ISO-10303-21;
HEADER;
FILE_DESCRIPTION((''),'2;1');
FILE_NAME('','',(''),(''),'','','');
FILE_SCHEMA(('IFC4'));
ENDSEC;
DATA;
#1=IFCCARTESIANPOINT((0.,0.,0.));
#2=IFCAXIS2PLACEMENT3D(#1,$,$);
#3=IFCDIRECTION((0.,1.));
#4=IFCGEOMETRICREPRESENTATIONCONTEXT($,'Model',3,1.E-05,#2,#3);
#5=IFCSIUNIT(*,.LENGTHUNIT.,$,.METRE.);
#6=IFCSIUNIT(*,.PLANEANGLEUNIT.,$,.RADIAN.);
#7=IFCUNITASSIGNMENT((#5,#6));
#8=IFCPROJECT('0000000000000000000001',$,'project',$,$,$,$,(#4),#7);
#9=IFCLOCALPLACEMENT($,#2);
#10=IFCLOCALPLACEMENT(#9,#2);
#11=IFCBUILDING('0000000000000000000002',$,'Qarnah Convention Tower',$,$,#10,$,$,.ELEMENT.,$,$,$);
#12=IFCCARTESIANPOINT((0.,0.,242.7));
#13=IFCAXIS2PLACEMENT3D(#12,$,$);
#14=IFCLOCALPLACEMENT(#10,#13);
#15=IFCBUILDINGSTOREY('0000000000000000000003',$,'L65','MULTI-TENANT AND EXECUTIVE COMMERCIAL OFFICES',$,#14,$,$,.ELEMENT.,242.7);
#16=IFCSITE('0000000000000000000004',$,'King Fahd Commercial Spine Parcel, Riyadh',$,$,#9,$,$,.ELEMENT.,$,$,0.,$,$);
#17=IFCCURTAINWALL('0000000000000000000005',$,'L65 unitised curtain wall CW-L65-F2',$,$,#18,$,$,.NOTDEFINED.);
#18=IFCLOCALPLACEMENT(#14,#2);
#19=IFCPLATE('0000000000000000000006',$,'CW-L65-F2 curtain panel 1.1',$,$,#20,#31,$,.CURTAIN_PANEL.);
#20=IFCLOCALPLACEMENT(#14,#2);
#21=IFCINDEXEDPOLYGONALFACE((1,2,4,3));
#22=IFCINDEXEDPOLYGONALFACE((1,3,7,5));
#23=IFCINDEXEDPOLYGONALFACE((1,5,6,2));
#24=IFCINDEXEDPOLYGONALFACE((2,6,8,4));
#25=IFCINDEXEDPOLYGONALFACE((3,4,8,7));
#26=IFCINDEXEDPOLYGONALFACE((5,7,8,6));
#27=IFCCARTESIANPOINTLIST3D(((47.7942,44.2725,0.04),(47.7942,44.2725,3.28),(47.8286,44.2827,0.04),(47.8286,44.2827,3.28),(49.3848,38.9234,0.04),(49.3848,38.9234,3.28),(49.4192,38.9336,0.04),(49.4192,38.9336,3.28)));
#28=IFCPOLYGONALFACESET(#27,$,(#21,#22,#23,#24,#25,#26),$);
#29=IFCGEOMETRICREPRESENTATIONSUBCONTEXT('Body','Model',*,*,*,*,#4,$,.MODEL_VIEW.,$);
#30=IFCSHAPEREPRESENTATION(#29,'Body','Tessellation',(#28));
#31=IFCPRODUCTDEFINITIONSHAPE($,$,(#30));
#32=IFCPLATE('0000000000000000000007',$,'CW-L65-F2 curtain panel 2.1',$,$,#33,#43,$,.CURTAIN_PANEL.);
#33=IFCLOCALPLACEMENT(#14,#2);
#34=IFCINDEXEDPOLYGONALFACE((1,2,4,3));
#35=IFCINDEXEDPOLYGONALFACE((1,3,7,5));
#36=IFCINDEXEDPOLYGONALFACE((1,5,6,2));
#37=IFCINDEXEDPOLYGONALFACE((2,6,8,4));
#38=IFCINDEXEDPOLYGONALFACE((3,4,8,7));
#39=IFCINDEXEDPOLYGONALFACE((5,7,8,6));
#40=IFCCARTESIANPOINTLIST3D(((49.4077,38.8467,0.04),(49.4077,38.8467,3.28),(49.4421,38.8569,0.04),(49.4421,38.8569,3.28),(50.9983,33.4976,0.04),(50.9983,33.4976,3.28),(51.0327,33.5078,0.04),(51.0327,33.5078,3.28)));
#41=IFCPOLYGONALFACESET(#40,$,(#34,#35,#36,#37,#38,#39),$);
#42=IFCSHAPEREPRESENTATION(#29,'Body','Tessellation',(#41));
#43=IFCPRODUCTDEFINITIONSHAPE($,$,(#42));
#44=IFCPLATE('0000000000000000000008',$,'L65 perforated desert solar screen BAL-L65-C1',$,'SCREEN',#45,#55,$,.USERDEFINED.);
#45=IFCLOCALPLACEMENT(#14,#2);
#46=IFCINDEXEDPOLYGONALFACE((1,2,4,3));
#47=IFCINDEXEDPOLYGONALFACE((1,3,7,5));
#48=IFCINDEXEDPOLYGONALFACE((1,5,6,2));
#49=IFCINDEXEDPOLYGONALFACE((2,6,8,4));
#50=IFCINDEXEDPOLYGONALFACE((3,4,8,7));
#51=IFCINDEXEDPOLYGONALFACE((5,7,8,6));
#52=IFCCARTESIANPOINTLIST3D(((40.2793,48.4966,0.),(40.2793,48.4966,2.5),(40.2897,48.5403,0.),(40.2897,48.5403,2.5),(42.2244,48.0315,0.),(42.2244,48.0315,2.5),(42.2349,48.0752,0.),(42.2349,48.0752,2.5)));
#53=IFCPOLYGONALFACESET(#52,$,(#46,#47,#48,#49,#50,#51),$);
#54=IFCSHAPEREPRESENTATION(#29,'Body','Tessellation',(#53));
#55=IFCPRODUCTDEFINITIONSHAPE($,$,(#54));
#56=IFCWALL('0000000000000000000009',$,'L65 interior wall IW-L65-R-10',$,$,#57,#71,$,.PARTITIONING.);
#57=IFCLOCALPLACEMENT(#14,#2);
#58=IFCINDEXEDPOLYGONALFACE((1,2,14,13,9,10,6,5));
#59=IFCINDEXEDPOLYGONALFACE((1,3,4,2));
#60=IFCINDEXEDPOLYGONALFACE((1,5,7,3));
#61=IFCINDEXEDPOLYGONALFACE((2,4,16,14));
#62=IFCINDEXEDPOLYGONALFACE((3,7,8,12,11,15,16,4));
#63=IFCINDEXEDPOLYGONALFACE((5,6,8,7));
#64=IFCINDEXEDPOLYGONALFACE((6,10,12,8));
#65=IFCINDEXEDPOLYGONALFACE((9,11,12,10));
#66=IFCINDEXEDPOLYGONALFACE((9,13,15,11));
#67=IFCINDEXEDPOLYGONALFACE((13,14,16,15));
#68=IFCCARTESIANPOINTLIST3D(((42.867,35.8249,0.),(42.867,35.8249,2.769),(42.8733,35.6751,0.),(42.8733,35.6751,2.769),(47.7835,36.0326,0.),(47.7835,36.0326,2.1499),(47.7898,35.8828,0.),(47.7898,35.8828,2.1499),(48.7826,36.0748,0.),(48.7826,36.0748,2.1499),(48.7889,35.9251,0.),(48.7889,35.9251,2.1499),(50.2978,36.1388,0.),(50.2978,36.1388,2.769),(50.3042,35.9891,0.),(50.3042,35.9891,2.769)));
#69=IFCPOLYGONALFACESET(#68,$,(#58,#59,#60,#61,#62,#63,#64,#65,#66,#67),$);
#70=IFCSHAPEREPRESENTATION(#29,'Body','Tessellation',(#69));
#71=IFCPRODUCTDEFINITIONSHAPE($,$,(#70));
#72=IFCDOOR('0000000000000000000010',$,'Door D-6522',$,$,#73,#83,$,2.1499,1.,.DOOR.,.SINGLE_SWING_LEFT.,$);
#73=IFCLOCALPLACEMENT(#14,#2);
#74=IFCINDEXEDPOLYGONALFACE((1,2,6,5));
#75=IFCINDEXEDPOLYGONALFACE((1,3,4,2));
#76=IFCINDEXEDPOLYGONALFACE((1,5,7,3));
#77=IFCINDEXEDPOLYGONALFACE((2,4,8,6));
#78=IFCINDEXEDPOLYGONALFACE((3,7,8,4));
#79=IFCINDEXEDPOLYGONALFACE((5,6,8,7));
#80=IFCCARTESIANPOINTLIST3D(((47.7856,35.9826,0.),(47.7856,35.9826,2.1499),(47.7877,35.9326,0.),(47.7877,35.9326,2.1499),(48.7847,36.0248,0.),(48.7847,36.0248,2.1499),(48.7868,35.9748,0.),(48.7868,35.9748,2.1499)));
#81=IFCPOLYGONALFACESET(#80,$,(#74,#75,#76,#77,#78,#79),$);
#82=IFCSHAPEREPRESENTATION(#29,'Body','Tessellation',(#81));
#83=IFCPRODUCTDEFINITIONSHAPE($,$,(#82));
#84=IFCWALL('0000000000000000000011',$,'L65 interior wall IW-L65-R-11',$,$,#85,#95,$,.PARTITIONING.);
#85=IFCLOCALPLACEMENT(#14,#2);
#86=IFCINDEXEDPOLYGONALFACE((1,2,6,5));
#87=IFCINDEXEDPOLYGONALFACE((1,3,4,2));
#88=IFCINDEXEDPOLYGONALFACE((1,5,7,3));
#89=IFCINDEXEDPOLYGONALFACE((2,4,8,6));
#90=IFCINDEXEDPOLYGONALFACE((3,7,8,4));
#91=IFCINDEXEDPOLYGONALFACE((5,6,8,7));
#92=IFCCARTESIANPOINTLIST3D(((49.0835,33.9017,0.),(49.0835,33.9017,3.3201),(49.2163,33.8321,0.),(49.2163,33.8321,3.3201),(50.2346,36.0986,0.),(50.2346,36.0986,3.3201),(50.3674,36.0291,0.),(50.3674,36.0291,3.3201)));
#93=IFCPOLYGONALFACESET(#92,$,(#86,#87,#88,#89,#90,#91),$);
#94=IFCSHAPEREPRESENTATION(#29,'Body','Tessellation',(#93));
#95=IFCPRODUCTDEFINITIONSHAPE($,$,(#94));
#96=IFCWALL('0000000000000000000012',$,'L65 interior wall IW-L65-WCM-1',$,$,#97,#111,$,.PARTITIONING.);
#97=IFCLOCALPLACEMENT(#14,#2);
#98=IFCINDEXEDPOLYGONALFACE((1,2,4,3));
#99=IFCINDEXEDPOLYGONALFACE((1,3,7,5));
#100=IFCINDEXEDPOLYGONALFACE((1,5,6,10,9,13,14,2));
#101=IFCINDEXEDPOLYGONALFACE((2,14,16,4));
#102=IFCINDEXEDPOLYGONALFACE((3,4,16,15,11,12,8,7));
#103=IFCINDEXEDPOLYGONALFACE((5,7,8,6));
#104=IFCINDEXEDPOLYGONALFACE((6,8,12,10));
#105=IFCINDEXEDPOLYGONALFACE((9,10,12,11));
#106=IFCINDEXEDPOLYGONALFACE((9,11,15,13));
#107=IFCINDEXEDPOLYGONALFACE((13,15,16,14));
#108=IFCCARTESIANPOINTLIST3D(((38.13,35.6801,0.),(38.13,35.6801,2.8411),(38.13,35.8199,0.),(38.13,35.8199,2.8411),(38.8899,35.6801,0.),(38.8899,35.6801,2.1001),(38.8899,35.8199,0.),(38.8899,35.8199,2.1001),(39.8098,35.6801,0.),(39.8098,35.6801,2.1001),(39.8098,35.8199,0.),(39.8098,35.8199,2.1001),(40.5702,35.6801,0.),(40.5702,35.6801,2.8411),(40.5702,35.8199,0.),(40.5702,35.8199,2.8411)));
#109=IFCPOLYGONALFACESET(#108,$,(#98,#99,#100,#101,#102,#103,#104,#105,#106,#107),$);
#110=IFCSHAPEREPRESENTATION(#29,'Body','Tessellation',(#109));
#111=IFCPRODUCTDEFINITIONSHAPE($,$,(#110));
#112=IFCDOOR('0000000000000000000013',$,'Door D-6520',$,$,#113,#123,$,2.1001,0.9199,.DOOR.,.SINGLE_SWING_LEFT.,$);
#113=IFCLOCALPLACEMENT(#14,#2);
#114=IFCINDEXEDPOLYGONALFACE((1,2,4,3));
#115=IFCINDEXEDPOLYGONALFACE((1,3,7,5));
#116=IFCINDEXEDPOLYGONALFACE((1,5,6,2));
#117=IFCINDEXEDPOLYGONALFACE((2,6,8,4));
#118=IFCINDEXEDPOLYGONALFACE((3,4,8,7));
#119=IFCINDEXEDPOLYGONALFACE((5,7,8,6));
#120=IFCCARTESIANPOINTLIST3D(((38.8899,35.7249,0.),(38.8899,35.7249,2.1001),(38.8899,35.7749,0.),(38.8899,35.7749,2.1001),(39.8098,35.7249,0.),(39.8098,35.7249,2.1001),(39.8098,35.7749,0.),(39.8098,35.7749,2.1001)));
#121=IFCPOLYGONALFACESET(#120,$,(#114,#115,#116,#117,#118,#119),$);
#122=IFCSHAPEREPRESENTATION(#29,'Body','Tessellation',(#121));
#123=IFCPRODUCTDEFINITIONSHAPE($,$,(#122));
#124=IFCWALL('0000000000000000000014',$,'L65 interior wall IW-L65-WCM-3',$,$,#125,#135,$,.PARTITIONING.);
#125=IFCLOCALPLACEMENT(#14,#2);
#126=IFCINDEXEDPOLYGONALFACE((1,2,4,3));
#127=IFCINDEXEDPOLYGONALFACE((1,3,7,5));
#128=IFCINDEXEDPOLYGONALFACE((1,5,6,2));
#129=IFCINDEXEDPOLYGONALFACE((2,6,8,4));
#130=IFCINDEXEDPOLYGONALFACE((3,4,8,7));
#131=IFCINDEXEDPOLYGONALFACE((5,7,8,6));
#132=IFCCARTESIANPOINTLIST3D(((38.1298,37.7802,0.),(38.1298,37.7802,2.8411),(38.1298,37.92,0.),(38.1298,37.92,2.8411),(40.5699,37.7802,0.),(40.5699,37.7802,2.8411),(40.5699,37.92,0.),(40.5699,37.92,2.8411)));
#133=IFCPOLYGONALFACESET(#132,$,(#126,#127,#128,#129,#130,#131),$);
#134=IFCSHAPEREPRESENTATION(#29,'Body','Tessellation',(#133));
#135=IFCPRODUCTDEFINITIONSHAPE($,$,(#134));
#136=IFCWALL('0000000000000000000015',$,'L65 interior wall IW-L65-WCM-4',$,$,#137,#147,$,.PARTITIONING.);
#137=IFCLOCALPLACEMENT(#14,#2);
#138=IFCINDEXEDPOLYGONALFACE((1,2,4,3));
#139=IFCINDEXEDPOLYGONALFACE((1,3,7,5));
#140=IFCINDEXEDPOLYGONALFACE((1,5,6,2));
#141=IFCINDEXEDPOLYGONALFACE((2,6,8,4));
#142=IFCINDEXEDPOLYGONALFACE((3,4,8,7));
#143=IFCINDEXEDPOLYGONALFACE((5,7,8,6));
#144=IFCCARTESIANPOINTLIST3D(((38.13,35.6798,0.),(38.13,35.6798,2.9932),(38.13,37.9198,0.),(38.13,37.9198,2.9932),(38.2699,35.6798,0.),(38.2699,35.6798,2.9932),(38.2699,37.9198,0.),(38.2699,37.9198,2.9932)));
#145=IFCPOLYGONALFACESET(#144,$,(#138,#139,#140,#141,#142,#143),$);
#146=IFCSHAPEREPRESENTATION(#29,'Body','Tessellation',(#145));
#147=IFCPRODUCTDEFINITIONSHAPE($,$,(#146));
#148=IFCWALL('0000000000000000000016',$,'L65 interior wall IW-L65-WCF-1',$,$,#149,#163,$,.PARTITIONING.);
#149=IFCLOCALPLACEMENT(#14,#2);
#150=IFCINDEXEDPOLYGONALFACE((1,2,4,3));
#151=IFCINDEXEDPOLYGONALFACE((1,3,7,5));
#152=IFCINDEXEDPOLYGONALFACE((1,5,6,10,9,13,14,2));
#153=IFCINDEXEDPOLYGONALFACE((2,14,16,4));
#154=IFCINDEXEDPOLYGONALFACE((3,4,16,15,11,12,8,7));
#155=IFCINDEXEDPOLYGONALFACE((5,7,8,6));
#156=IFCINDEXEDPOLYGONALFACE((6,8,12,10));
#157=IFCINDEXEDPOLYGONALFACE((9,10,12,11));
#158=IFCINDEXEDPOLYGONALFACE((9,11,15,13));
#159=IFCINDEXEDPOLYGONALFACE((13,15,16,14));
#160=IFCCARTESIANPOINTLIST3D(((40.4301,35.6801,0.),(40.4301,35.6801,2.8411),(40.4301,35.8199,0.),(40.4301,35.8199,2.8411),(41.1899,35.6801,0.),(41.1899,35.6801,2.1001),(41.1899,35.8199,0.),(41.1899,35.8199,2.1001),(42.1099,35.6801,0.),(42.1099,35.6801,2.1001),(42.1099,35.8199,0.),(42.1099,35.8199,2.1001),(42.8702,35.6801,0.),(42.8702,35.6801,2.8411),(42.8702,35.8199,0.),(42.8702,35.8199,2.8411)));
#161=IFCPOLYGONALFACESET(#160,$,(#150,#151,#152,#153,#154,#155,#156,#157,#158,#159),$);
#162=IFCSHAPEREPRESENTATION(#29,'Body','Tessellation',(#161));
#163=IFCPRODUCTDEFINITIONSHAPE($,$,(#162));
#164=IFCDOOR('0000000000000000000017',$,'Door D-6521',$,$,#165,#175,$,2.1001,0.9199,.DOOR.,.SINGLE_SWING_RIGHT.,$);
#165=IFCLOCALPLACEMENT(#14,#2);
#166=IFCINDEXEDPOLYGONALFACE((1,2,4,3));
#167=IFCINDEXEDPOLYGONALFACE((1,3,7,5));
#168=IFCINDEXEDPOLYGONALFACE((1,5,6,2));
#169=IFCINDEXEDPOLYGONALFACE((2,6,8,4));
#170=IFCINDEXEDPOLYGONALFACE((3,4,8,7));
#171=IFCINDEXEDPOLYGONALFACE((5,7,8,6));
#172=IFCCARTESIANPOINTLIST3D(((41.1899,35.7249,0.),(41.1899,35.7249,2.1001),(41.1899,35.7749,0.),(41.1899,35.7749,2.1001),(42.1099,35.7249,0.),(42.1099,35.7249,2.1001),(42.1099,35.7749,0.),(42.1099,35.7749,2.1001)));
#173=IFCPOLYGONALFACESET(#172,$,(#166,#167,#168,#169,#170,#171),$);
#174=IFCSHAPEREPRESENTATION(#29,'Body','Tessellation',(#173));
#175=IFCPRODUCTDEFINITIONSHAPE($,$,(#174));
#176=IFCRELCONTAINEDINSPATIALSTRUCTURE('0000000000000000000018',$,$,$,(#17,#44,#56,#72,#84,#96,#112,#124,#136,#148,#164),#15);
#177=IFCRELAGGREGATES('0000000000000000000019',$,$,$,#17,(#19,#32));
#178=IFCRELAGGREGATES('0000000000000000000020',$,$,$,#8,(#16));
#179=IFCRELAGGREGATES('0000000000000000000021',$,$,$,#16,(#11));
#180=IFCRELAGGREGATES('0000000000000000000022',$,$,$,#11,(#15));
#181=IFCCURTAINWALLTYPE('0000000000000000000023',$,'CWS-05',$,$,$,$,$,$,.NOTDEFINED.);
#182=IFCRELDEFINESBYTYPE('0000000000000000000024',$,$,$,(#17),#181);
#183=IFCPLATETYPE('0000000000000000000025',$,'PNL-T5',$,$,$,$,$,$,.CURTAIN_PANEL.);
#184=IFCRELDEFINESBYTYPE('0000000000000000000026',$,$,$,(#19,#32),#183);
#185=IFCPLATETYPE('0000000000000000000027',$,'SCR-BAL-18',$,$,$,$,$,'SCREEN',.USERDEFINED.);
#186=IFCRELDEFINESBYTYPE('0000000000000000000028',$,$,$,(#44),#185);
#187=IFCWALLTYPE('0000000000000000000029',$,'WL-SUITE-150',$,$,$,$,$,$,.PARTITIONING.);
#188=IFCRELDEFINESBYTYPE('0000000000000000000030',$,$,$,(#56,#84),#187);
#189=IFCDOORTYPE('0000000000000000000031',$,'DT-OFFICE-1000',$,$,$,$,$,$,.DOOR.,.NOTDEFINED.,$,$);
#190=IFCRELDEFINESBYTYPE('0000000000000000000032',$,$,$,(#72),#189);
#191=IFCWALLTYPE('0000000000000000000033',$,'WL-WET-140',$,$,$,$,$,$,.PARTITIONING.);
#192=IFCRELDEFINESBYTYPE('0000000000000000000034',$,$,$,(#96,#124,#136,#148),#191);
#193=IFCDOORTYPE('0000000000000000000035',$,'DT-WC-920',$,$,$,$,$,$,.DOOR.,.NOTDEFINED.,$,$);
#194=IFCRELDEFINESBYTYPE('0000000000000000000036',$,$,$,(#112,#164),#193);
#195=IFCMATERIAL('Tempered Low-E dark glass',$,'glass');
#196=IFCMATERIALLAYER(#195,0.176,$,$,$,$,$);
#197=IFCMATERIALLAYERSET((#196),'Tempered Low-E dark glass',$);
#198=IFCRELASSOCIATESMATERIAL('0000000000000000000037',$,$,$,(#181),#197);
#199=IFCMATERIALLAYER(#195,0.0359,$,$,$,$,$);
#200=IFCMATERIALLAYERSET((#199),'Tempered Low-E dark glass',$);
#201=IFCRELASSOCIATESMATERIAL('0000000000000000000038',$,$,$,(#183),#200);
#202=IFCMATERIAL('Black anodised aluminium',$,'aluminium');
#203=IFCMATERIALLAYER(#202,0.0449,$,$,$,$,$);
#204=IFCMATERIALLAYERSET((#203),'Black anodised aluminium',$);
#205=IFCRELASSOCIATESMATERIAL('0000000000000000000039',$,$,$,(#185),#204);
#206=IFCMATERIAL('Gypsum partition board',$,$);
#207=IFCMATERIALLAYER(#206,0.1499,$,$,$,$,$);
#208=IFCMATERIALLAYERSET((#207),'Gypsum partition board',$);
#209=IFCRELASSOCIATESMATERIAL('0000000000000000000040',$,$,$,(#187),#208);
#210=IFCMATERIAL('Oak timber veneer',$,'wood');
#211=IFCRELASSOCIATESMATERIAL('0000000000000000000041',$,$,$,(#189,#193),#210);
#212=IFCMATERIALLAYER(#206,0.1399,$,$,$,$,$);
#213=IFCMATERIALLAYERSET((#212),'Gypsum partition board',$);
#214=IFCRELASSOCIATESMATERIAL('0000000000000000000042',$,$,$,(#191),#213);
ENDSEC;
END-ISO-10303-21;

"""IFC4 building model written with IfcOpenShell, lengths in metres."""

from ifc_helpers import new_model, si_unit, direction, frame, frame_2d, origin, origin_2d, place, context, subcontext, project, spatial, rectangle, extrude, material, layer, layer_set, type_object, element, fill, aggregate, save


model = new_model("IFC4")

# Units and contexts
model_context = context("Model", 3, precision=1e-05, world=origin(), true_north=direction((0.0, 1.0)))
body_context = subcontext(model_context, "Body", "Model", "MODEL_VIEW")
ifc_project = project(units=[si_unit("LENGTHUNIT", "METRE"), si_unit("PLANEANGLEUNIT", "RADIAN")], contexts=[model_context])

# Site, building, storey
site_placement = place(None, origin())
site = spatial("IfcSite", under=ifc_project, at=site_placement, Name="King Fahd Commercial Spine Parcel, Riyadh", CompositionType="ELEMENT", RefElevation=0.0)
building_placement = place(site_placement, origin())
building = spatial("IfcBuilding", under=site, at=building_placement, Name="Qarnah Convention Tower", CompositionType="ELEMENT")
storey_placement = place(building_placement, frame((0.0, 0.0, 242.7)))
storey = spatial("IfcBuildingStorey", under=building, at=storey_placement, Name="L65", Description="MULTI-TENANT AND EXECUTIVE COMMERCIAL OFFICES", CompositionType="ELEMENT", Elevation=242.7)

# Curtain wall, plates
ifc_material_1 = material(Name="Tempered Low-E dark glass", Category="glass")
ifc_layer_1 = layer(ifc_material_1, 0.176)
ifc_layer_set_1 = layer_set([ifc_layer_1], Name="Tempered Low-E dark glass")
curtain_wall_type = type_object("IfcCurtainWallType", Name="CWS-05", PredefinedType="NOTDEFINED", material=ifc_layer_set_1)
curtain_wall_placement = place(storey_placement, origin())
curtain_wall = element("IfcCurtainWall", 1, at=curtain_wall_placement, inside=storey, type_object=curtain_wall_type, Name="L65 unitised curtain wall CW-L65-F2", PredefinedType="NOTDEFINED")
ifc_material_2 = material(Name="Black anodised aluminium", Category="aluminium")
ifc_layer_2 = layer(ifc_material_1, 0.0359)
ifc_layer_set_2 = layer_set([ifc_layer_2], Name="Tempered Low-E dark glass")
plate_type_1 = type_object("IfcPlateType", Name="PNL-T5", PredefinedType="CURTAIN_PANEL", material=ifc_layer_set_2)
plate_1_placement = place(storey_placement, frame((48.6067, 41.603, 0.04), z_axis=(0.0, 0.0, 1.0), x_axis=(0.285023, -0.958521, 0.0)))
plate_1 = element("IfcPlate", 2, at=plate_1_placement, type_object=plate_type_1, Name="CW-L65-F2 curtain panel 1.1", PredefinedType="CURTAIN_PANEL", context=body_context, shape_type="SweptSolid", body=[
    extrude(rectangle(XDim=5.5806, YDim=0.0359, at=origin_2d()), origin(), (0.0, 0.0, 1.0), 3.24),
])
plate_2_placement = place(storey_placement, frame((50.2202, 36.1772, 0.04), z_axis=(0.0, 0.0, 1.0), x_axis=(0.285023, -0.958521, 0.0)))
plate_2 = element("IfcPlate", 3, at=plate_2_placement, type_object=plate_type_1, Name="CW-L65-F2 curtain panel 2.1", PredefinedType="CURTAIN_PANEL", context=body_context, shape_type="SweptSolid", body=[
    extrude(rectangle(XDim=5.5806, YDim=0.0359, at=origin_2d()), origin(), (0.0, 0.0, 1.0), 3.24),
])
aggregate(curtain_wall, [plate_1, plate_2])

# Plate
ifc_layer_3 = layer(ifc_material_2, 0.0449)
ifc_layer_set_3 = layer_set([ifc_layer_3], Name="Black anodised aluminium")
plate_type_2 = type_object("IfcPlateType", Name="SCR-BAL-18", ElementType="SCREEN", PredefinedType="USERDEFINED", material=ifc_layer_set_3)
plate_3_placement = place(storey_placement, frame((41.2571, 48.2859, 0.0), z_axis=(0.0, 0.0, 1.0), x_axis=(0.972591, -0.232522, 0.0)))
element("IfcPlate", 4, at=plate_3_placement, inside=storey, type_object=plate_type_2, Name="L65 perforated desert solar screen BAL-L65-C1", ObjectType="SCREEN", PredefinedType="USERDEFINED", context=body_context, shape_type="SweptSolid", body=[
    extrude(rectangle(XDim=2.0, YDim=0.0449, at=origin_2d()), origin(), (0.0, 0.0, 1.0), 2.5),
])

# Wall, opening, door
ifc_material_3 = material(Name="Gypsum partition board")
ifc_layer_4 = layer(ifc_material_3, 0.1499)
ifc_layer_set_4 = layer_set([ifc_layer_4], Name="Gypsum partition board")
wall_type_1 = type_object("IfcWallType", Name="WL-SUITE-150", PredefinedType="PARTITIONING", material=ifc_layer_set_4)
wall_1_placement = place(storey_placement, frame((42.8701, 35.75, 0.0), z_axis=(0.0, 0.0, 1.0), x_axis=(0.999109, 0.042214, 0.0)))
wall_1 = element("IfcWall", 5, at=wall_1_placement, inside=storey, type_object=wall_type_1, Name="L65 interior wall IW-L65-R-10", PredefinedType="PARTITIONING", context=body_context, shape_type="SweptSolid", body=[
    extrude(rectangle(XDim=7.4375, YDim=0.1499, at=frame_2d((3.7188, 0.0))), origin(), (0.0, 0.0, 1.0), 2.769),
])
opening_1_placement = place(wall_1_placement, frame((4.9209, 0.0, 0.0)))
opening_1 = element("IfcOpeningElement", 6, at=opening_1_placement, cuts=wall_1, PredefinedType="OPENING", context=body_context, shape_type="SweptSolid", body=[
    extrude(rectangle(XDim=1.0, YDim=2.1499, at=frame_2d((0.5, 1.075))), frame((0.0, 0.085, 0.0), z_axis=(0.0, -1.0, 0.0), x_axis=(1.0, 0.0, 0.0)), (0.0, 0.0, 1.0), 0.1699),
])
ifc_material_4 = material(Name="Oak timber veneer", Category="wood")
door_type_1 = type_object("IfcDoorType", Name="DT-OFFICE-1000", OperationType="NOTDEFINED", PredefinedType="DOOR", material=ifc_material_4)
door_1_placement = place(opening_1_placement, origin())
door_1 = element("IfcDoor", 7, at=door_1_placement, inside=storey, type_object=door_type_1, Name="Door D-6522", OperationType="SINGLE_SWING_LEFT", OverallHeight=2.1499, OverallWidth=1.0, PredefinedType="DOOR", context=body_context, shape_type="SweptSolid", body=[
    extrude(rectangle(XDim=1.0, YDim=2.1499, at=frame_2d((0.5, 1.075))), frame((0.0, 0.0249, 0.0), z_axis=(0.0, -1.0, 0.0), x_axis=(1.0, 0.0, 0.0)), (0.0, 0.0, 1.0), 0.05),
])
fill(opening_1, door_1)

# Wall
wall_2_placement = place(storey_placement, frame((50.301, 36.064, 0.0), z_axis=(0.0, 0.0, 1.0), x_axis=(-0.464103, -0.885781, 0.0)))
element("IfcWall", 8, at=wall_2_placement, inside=storey, type_object=wall_type_1, Name="L65 interior wall IW-L65-R-11", PredefinedType="PARTITIONING", context=body_context, shape_type="SweptSolid", body=[
    extrude(rectangle(XDim=2.4802, YDim=0.1499, at=frame_2d((1.2402, 0.0))), origin(), (0.0, 0.0, 1.0), 3.3201),
])

# Wall, opening, door
ifc_layer_5 = layer(ifc_material_3, 0.1399)
ifc_layer_set_5 = layer_set([ifc_layer_5], Name="Gypsum partition board")
wall_type_2 = type_object("IfcWallType", Name="WL-WET-140", PredefinedType="PARTITIONING", material=ifc_layer_set_5)
wall_3_placement = place(storey_placement, frame((38.1299, 35.75, 0.0), z_axis=(0.0, 0.0, 1.0), x_axis=(1.0, 0.0, 0.0)))
wall_3 = element("IfcWall", 9, at=wall_3_placement, inside=storey, type_object=wall_type_2, Name="L65 interior wall IW-L65-WCM-1", PredefinedType="PARTITIONING", context=body_context, shape_type="SweptSolid", body=[
    extrude(rectangle(XDim=2.4402, YDim=0.1399, at=frame_2d((1.2202, 0.0))), origin(), (0.0, 0.0, 1.0), 2.8411),
])
opening_2_placement = place(wall_3_placement, frame((0.76, 0.0, 0.0)))
opening_2 = element("IfcOpeningElement", 10, at=opening_2_placement, cuts=wall_3, PredefinedType="OPENING", context=body_context, shape_type="SweptSolid", body=[
    extrude(rectangle(XDim=0.9199, YDim=2.1001, at=frame_2d((0.46, 1.05))), frame((0.0, 0.0798, 0.0), z_axis=(0.0, -1.0, 0.0), x_axis=(1.0, 0.0, 0.0)), (0.0, 0.0, 1.0), 0.1599),
])
door_type_2 = type_object("IfcDoorType", Name="DT-WC-920", OperationType="NOTDEFINED", PredefinedType="DOOR", material=ifc_material_4)
door_2_placement = place(opening_2_placement, origin())
door_2 = element("IfcDoor", 11, at=door_2_placement, inside=storey, type_object=door_type_2, Name="Door D-6520", OperationType="SINGLE_SWING_LEFT", OverallHeight=2.1001, OverallWidth=0.9199, PredefinedType="DOOR", context=body_context, shape_type="SweptSolid", body=[
    extrude(rectangle(XDim=0.9199, YDim=2.1001, at=frame_2d((0.46, 1.05))), frame((0.0, 0.0249, 0.0), z_axis=(0.0, -1.0, 0.0), x_axis=(1.0, 0.0, 0.0)), (0.0, 0.0, 1.0), 0.05),
])
fill(opening_2, door_2)

# Walls
wall_4_placement = place(storey_placement, frame((40.5701, 37.8501, 0.0), z_axis=(0.0, 0.0, 1.0), x_axis=(-1.0, 0.0, 0.0)))
element("IfcWall", 12, at=wall_4_placement, inside=storey, type_object=wall_type_2, Name="L65 interior wall IW-L65-WCM-3", PredefinedType="PARTITIONING", context=body_context, shape_type="SweptSolid", body=[
    extrude(rectangle(XDim=2.4402, YDim=0.1399, at=frame_2d((1.2202, 0.0))), origin(), (0.0, 0.0, 1.0), 2.8411),
])
wall_5_placement = place(storey_placement, frame((38.2, 37.9199, 0.0), z_axis=(0.0, 0.0, 1.0), x_axis=(0.0, -1.0, 0.0)))
element("IfcWall", 13, at=wall_5_placement, inside=storey, type_object=wall_type_2, Name="L65 interior wall IW-L65-WCM-4", PredefinedType="PARTITIONING", context=body_context, shape_type="SweptSolid", body=[
    extrude(rectangle(XDim=2.24, YDim=0.1399, at=frame_2d((1.1201, 0.0))), origin(), (0.0, 0.0, 1.0), 2.9932),
])

# Wall, opening, door
wall_6_placement = place(storey_placement, frame((40.4299, 35.75, 0.0), z_axis=(0.0, 0.0, 1.0), x_axis=(1.0, 0.0, 0.0)))
wall_6 = element("IfcWall", 14, at=wall_6_placement, inside=storey, type_object=wall_type_2, Name="L65 interior wall IW-L65-WCF-1", PredefinedType="PARTITIONING", context=body_context, shape_type="SweptSolid", body=[
    extrude(rectangle(XDim=2.4402, YDim=0.1399, at=frame_2d((1.2202, 0.0))), origin(), (0.0, 0.0, 1.0), 2.8411),
])
opening_3_placement = place(wall_6_placement, frame((0.76, 0.0, 0.0)))
opening_3 = element("IfcOpeningElement", 15, at=opening_3_placement, cuts=wall_6, PredefinedType="OPENING", context=body_context, shape_type="SweptSolid", body=[
    extrude(rectangle(XDim=0.9199, YDim=2.1001, at=frame_2d((0.46, 1.05))), frame((0.0, 0.0798, 0.0), z_axis=(0.0, -1.0, 0.0), x_axis=(1.0, 0.0, 0.0)), (0.0, 0.0, 1.0), 0.1599),
])
door_3_placement = place(opening_3_placement, origin())
door_3 = element("IfcDoor", 16, at=door_3_placement, inside=storey, type_object=door_type_2, Name="Door D-6521", OperationType="SINGLE_SWING_RIGHT", OverallHeight=2.1001, OverallWidth=0.9199, PredefinedType="DOOR", context=body_context, shape_type="SweptSolid", body=[
    extrude(rectangle(XDim=0.9199, YDim=2.1001, at=frame_2d((0.46, 1.05))), frame((0.0, 0.0249, 0.0), z_axis=(0.0, -1.0, 0.0), x_axis=(1.0, 0.0, 0.0)), (0.0, 0.0, 1.0), 0.05),
])
fill(opening_3, door_3)

save(model, "model.ifc")
